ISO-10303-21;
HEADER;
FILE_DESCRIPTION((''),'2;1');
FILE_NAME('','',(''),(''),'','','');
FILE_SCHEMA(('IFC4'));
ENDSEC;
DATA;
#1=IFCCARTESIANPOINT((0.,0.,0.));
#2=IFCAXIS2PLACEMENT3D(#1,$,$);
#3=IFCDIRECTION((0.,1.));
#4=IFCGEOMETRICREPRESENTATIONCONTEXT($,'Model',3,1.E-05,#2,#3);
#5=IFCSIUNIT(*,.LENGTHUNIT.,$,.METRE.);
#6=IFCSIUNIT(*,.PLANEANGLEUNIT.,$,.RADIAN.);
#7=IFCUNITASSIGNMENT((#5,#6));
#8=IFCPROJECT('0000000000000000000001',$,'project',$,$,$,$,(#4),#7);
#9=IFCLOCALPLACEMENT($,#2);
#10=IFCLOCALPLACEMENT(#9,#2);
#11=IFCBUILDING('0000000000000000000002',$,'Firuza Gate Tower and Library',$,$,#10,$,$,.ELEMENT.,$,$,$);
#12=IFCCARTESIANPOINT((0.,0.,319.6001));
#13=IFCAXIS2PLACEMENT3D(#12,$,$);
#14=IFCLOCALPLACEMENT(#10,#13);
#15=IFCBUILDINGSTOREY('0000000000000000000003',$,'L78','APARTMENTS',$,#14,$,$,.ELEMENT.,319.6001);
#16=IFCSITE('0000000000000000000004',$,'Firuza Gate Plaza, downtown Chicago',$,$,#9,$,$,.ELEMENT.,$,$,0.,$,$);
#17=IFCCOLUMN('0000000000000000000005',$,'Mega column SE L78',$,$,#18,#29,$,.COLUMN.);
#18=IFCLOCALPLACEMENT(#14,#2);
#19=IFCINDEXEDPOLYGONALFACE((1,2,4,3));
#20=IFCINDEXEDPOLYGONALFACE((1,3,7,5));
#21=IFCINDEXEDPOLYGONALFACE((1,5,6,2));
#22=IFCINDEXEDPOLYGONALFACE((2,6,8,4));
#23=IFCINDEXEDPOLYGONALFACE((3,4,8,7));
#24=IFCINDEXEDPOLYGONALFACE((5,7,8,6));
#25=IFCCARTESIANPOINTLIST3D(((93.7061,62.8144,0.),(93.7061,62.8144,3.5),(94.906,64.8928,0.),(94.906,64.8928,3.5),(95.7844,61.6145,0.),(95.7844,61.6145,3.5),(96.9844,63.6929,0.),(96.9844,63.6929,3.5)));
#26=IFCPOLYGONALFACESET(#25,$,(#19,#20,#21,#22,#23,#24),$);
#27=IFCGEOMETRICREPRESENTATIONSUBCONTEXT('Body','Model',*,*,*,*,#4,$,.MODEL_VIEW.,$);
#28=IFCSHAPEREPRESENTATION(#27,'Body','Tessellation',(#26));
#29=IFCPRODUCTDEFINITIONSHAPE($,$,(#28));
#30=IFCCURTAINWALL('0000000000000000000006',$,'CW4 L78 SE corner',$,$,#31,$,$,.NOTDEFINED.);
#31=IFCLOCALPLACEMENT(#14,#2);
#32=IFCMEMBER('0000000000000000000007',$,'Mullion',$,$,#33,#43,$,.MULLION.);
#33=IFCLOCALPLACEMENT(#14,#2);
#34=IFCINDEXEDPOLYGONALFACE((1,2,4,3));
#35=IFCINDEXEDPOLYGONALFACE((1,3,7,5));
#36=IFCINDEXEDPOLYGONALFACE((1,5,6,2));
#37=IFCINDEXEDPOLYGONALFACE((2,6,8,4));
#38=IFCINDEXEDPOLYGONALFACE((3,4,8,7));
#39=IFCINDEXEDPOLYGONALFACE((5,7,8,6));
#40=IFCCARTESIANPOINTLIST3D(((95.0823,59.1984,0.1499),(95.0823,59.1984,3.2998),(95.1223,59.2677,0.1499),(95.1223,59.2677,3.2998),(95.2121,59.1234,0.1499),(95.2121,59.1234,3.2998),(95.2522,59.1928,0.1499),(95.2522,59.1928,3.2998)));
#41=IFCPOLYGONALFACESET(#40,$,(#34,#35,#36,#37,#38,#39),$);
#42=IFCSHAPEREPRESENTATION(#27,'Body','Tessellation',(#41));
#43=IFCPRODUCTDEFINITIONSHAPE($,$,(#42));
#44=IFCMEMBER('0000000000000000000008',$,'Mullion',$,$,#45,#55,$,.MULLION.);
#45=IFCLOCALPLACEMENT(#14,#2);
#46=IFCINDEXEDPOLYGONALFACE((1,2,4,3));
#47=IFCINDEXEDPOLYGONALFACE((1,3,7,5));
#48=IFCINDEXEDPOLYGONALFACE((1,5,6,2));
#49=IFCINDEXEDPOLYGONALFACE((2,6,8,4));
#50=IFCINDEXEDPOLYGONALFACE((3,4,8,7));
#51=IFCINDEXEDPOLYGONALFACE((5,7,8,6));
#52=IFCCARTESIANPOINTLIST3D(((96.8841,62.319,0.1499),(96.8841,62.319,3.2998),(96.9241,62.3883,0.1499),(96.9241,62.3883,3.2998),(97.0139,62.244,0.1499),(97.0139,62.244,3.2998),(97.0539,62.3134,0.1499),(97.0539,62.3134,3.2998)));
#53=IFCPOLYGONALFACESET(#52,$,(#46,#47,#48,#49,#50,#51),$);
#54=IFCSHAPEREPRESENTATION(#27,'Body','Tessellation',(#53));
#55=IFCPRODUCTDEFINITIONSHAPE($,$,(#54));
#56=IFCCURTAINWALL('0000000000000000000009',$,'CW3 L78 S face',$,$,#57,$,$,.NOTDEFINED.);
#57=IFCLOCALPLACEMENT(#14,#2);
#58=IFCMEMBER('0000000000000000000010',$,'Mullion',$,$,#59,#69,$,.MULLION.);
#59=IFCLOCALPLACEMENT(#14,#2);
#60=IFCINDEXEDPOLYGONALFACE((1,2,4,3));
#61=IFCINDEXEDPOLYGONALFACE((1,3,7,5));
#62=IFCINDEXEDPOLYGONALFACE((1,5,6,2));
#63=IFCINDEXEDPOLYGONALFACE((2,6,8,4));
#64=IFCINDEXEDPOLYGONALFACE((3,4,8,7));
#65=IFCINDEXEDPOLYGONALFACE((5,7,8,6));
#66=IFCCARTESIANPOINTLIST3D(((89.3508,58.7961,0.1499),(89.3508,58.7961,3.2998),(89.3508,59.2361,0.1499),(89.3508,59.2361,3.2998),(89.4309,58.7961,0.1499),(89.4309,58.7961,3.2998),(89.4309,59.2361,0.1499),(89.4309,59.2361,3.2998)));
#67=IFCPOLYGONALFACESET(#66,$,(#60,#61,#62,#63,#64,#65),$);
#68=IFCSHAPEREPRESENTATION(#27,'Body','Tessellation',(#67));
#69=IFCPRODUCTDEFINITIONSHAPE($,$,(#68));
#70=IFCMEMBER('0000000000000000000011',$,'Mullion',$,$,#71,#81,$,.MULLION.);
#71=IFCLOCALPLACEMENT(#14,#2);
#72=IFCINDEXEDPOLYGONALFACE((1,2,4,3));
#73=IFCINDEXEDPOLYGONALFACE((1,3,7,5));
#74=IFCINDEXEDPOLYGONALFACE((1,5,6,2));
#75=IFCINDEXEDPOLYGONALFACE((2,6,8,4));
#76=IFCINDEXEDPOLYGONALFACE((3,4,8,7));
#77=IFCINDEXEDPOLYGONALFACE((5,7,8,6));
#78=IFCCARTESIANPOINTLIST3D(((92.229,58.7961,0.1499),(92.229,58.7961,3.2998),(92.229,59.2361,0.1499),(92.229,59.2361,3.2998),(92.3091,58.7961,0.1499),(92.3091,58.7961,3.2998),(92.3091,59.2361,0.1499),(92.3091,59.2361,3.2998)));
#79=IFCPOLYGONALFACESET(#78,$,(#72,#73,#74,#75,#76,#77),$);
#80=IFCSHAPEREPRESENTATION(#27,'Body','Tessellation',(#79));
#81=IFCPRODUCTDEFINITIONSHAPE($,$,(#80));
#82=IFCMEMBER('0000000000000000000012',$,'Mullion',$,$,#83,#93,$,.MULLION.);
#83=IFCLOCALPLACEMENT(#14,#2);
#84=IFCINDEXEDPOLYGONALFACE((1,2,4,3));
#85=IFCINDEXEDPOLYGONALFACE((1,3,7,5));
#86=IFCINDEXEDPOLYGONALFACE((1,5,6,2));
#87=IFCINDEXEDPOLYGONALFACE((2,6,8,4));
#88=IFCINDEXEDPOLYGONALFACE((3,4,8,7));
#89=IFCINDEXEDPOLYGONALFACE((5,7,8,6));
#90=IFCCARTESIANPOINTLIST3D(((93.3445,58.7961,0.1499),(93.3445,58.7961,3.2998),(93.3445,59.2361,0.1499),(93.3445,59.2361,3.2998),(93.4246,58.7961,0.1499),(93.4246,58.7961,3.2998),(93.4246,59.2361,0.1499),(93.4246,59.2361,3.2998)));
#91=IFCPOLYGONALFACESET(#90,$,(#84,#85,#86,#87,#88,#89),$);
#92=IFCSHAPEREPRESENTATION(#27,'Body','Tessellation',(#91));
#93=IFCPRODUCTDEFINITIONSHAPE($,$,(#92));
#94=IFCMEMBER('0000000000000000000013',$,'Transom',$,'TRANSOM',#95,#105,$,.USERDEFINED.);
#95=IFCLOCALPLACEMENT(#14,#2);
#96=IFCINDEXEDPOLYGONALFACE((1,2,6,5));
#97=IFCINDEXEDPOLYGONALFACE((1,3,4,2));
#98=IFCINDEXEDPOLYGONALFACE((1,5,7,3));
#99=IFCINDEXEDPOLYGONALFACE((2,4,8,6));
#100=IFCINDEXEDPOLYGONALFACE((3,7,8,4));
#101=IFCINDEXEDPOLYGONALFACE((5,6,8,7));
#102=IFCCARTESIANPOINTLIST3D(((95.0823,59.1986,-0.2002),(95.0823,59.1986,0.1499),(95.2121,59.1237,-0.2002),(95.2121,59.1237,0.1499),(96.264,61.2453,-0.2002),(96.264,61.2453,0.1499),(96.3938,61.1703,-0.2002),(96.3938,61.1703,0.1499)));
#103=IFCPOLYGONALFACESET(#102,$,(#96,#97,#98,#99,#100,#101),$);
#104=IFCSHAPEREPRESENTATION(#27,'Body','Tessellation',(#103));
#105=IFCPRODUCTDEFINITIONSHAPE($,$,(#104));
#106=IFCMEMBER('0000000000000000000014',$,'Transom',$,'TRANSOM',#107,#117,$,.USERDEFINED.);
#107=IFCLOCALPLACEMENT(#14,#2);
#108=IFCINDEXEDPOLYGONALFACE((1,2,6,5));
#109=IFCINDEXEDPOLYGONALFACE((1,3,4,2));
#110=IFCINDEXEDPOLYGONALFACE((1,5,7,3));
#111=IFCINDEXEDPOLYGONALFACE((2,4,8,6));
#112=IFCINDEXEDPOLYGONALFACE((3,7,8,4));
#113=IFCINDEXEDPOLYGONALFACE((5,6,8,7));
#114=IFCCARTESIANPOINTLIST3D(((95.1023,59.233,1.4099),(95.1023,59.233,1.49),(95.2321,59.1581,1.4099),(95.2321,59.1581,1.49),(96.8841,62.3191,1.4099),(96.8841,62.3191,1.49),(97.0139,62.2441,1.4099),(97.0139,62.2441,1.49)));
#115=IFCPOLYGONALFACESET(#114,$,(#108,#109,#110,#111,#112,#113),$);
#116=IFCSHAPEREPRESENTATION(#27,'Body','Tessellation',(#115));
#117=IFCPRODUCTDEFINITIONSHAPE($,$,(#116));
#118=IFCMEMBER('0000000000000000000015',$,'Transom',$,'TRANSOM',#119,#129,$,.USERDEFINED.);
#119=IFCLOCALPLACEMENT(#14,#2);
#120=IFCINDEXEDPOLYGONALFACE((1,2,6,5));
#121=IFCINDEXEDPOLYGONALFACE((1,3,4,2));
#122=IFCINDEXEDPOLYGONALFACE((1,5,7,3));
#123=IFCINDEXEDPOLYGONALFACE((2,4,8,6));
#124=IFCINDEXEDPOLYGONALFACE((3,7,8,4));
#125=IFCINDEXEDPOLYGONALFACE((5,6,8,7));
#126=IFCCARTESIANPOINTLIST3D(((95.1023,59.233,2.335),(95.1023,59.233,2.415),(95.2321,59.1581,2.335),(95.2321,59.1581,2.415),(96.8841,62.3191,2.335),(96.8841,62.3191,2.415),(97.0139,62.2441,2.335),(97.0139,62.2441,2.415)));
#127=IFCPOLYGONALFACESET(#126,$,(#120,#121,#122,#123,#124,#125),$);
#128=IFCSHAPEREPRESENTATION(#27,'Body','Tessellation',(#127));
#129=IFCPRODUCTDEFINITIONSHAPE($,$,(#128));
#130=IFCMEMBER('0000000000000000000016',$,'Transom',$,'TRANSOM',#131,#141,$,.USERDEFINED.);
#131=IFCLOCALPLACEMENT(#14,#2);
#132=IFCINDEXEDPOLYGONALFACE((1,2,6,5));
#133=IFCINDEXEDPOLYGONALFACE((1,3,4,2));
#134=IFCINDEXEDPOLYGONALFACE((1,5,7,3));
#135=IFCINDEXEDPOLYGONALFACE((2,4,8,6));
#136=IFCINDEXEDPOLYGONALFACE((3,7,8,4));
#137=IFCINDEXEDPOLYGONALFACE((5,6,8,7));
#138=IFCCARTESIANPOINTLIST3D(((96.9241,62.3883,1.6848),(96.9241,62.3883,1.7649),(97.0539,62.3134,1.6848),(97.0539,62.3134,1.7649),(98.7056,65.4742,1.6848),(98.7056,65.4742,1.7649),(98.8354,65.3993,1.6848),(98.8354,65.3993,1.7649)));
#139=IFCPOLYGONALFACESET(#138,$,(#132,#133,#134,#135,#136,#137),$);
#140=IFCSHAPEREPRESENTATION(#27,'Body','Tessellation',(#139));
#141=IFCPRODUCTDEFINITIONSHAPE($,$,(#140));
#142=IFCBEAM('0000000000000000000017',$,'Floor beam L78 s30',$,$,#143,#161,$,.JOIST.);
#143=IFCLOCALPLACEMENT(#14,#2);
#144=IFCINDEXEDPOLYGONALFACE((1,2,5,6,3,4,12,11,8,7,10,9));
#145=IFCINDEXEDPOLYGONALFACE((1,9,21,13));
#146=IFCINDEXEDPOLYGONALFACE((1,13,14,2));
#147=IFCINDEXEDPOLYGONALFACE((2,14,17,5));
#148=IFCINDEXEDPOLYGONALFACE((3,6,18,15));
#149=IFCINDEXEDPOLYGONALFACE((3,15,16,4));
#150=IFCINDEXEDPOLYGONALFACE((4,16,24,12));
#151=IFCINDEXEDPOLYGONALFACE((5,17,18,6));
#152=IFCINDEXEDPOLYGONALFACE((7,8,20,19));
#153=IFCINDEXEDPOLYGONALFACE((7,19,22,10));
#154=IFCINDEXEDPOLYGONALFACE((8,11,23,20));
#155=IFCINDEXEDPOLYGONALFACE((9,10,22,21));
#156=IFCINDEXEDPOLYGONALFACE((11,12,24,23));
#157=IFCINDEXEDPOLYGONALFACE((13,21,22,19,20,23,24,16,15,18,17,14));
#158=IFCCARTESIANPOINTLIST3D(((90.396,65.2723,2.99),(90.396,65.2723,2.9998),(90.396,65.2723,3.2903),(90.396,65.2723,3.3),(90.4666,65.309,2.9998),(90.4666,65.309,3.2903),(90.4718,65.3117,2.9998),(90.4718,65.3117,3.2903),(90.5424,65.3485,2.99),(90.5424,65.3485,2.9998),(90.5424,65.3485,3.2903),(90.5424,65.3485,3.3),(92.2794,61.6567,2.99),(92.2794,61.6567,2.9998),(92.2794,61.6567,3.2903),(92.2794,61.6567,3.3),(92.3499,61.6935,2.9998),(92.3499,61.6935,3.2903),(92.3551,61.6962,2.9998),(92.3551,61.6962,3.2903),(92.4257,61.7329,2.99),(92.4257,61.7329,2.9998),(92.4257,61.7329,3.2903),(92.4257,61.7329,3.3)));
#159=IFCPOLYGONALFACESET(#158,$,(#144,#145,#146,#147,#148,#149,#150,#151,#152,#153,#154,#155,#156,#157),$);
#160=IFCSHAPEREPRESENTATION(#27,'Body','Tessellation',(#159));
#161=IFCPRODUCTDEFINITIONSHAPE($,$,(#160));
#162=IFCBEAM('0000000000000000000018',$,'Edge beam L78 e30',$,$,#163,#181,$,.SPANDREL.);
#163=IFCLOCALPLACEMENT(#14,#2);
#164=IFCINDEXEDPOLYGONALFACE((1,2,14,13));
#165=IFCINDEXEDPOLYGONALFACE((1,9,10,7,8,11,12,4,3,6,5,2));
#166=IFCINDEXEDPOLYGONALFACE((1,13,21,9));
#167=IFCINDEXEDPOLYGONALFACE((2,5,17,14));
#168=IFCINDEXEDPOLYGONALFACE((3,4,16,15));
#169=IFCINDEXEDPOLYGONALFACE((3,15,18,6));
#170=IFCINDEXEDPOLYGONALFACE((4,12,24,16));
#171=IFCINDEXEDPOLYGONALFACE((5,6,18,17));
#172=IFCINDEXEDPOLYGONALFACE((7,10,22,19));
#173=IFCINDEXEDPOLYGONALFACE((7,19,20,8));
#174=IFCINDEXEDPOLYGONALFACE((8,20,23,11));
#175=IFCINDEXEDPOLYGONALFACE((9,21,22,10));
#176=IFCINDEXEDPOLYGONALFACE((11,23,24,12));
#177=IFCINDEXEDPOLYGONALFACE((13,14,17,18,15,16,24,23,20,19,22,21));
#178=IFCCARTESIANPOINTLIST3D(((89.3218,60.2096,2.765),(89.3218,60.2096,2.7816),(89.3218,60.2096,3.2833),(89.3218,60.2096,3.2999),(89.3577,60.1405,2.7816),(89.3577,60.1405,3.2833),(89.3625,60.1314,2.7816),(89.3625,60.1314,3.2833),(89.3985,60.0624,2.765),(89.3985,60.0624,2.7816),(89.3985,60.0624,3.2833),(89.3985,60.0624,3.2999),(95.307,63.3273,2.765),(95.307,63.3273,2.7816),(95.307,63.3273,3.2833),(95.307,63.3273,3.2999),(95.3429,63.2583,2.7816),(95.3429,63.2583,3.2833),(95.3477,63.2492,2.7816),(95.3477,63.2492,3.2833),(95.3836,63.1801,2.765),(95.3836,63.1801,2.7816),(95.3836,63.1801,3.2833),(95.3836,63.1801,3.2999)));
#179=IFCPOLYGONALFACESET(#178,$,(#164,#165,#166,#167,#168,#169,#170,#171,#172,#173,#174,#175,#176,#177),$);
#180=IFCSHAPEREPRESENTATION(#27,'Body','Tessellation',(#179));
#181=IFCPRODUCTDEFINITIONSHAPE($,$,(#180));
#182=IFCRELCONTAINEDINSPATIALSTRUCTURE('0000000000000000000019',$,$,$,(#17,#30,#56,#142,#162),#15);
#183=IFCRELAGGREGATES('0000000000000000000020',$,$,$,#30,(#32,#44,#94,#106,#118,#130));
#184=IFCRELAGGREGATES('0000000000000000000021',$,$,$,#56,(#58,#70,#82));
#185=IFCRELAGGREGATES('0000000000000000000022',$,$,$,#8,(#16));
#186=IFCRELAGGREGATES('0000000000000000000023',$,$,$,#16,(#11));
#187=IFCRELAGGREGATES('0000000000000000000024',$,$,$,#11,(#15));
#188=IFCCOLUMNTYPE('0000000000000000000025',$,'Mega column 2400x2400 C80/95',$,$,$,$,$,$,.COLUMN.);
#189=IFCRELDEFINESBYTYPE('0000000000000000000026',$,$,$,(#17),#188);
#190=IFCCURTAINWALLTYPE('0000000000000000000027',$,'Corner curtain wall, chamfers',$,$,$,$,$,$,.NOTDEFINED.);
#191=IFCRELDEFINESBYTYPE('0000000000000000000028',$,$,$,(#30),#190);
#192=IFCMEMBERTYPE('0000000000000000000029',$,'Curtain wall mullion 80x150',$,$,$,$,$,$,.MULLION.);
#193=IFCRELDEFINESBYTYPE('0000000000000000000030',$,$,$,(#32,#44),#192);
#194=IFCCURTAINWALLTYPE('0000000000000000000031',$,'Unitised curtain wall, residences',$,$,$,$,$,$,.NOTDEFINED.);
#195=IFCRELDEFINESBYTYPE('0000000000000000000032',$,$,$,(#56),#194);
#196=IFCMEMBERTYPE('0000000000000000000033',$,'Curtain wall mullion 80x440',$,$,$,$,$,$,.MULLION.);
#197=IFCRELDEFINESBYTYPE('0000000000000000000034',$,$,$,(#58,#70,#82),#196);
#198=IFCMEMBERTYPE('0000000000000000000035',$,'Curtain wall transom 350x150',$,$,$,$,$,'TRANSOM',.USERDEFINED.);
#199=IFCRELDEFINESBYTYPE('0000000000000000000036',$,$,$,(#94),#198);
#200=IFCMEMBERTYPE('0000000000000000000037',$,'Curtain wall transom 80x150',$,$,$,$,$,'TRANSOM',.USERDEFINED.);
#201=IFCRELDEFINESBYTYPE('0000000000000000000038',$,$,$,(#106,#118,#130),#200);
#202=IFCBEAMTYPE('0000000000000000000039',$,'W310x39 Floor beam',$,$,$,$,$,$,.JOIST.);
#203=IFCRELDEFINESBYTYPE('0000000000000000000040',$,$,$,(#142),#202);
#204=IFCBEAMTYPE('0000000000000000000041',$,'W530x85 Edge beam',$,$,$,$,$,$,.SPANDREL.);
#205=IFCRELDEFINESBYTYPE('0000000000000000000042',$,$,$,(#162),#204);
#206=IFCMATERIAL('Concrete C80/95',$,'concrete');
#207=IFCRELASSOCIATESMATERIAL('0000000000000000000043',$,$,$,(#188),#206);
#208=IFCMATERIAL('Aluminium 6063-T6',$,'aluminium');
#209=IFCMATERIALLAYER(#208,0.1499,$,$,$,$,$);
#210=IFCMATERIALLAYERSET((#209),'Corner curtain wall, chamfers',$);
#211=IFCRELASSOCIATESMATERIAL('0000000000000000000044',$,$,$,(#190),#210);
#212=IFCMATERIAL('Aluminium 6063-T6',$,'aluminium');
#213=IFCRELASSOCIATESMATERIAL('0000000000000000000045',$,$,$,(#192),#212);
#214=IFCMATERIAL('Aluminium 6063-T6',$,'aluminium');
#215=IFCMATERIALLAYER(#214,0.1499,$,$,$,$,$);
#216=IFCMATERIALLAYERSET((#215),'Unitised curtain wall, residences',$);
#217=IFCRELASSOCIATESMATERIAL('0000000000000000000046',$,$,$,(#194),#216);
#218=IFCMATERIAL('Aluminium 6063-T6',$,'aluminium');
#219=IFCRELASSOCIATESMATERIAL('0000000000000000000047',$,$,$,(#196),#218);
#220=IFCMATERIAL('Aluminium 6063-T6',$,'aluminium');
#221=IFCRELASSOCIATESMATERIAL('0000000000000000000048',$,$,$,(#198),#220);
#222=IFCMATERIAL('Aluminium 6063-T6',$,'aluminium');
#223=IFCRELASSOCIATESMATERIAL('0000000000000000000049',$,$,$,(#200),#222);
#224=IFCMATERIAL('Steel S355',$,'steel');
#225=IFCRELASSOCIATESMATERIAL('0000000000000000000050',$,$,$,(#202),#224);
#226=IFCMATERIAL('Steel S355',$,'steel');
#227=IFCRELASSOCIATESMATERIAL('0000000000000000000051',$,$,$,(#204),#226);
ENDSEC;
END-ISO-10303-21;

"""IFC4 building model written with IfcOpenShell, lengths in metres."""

from ifc_helpers import new_model, si_unit, direction, frame, origin, origin_2d, place, context, subcontext, project, spatial, rectangle, i_section, extrude, material, layer, layer_set, material_profile, profile_set, type_object, element, aggregate, save


model = new_model("IFC4")

# Units and contexts
model_context = context("Model", 3, precision=1e-05, world=origin(), true_north=direction((0.0, 1.0)))
body_context = subcontext(model_context, "Body", "Model", "MODEL_VIEW")
ifc_project = project(units=[si_unit("LENGTHUNIT", "METRE"), si_unit("PLANEANGLEUNIT", "RADIAN")], contexts=[model_context])

# Site, building, storey
site_placement = place(None, origin())
site = spatial("IfcSite", under=ifc_project, at=site_placement, Name="Firuza Gate Plaza, downtown Chicago", CompositionType="ELEMENT", RefElevation=0.0)
building_placement = place(site_placement, origin())
building = spatial("IfcBuilding", under=site, at=building_placement, Name="Firuza Gate Tower and Library", CompositionType="ELEMENT")
storey_placement = place(building_placement, frame((0.0, 0.0, 319.6001)))
storey = spatial("IfcBuildingStorey", under=building, at=storey_placement, Name="L78", Description="APARTMENTS", CompositionType="ELEMENT", Elevation=319.6001)

# Column
ifc_material_1 = material(Name="Concrete C80/95", Category="concrete")
ifc_material_profile_1 = material_profile(ifc_material_1, rectangle(XDim=2.3999, YDim=2.3999, at=origin_2d()))
ifc_profile_set_1 = profile_set([ifc_material_profile_1], Name="Concrete C80/95")
column_type = type_object("IfcColumnType", Name="Mega column 2400x2400 C80/95", PredefinedType="COLUMN", material=ifc_profile_set_1)
column_placement = place(storey_placement, frame((95.3452, 63.2537, 0.0), z_axis=(0.0, 0.0, 1.0), x_axis=(0.5, 0.866025, 0.0)))
element("IfcColumn", 1, at=column_placement, inside=storey, type_object=column_type, Name="Mega column SE L78", PredefinedType="COLUMN", context=body_context, shape_type="SweptSolid", body=[
    extrude(rectangle(XDim=2.3999, YDim=2.3999, at=origin_2d()), origin(), (0.0, 0.0, 1.0), 3.5),
])

# Curtain walls, members
ifc_material_2 = material(Name="Aluminium 6063-T6", Category="aluminium")
ifc_layer_1 = layer(ifc_material_2, 0.1499)
ifc_layer_set_1 = layer_set([ifc_layer_1], Name="Corner curtain wall, chamfers")
curtain_wall_type_1 = type_object("IfcCurtainWallType", Name="Corner curtain wall, chamfers", PredefinedType="NOTDEFINED", material=ifc_layer_set_1)
placement = place(storey_placement, origin())
curtain_wall_1 = element("IfcCurtainWall", 2, at=placement, inside=storey, type_object=curtain_wall_type_1, Name="CW4 L78 SE corner", PredefinedType="NOTDEFINED")
ifc_material_3 = material(Name="Aluminium 6063-T6", Category="aluminium")
ifc_material_profile_2 = material_profile(ifc_material_3, rectangle(XDim=0.1499, YDim=0.0801, at=origin_2d()))
ifc_profile_set_2 = profile_set([ifc_material_profile_2], Name="Aluminium 6063-T6")
member_type_1 = type_object("IfcMemberType", Name="Curtain wall mullion 80x150", PredefinedType="MULLION", material=ifc_profile_set_2)
member_1_placement = place(storey_placement, frame((95.1672, 59.1956, 0.1499), z_axis=(0.0, 0.0, 1.0), x_axis=(-0.866025, 0.5, 0.0)))
member_1 = element("IfcMember", 3, at=member_1_placement, type_object=member_type_1, Name="Mullion", PredefinedType="MULLION", context=body_context, shape_type="SweptSolid", body=[
    extrude(rectangle(XDim=0.1499, YDim=0.0801, at=origin_2d()), origin(), (0.0, 0.0, 1.0), 3.1499),
])
member_2_placement = place(storey_placement, frame((96.969, 62.3162, 0.1499), z_axis=(0.0, 0.0, 1.0), x_axis=(-0.866025, 0.5, 0.0)))
member_2 = element("IfcMember", 4, at=member_2_placement, type_object=member_type_1, Name="Mullion", PredefinedType="MULLION", context=body_context, shape_type="SweptSolid", body=[
    extrude(rectangle(XDim=0.1499, YDim=0.0801, at=origin_2d()), origin(), (0.0, 0.0, 1.0), 3.1499),
])
ifc_material_4 = material(Name="Aluminium 6063-T6", Category="aluminium")
ifc_layer_2 = layer(ifc_material_4, 0.1499)
ifc_layer_set_2 = layer_set([ifc_layer_2], Name="Unitised curtain wall, residences")
curtain_wall_type_2 = type_object("IfcCurtainWallType", Name="Unitised curtain wall, residences", PredefinedType="NOTDEFINED", material=ifc_layer_set_2)
curtain_wall_2 = element("IfcCurtainWall", 5, at=placement, inside=storey, type_object=curtain_wall_type_2, Name="CW3 L78 S face", PredefinedType="NOTDEFINED")
ifc_material_5 = material(Name="Aluminium 6063-T6", Category="aluminium")
ifc_material_profile_3 = material_profile(ifc_material_5, rectangle(XDim=0.4399, YDim=0.0801, at=origin_2d()))
ifc_profile_set_3 = profile_set([ifc_material_profile_3], Name="Aluminium 6063-T6")
member_type_2 = type_object("IfcMemberType", Name="Curtain wall mullion 80x440", PredefinedType="MULLION", material=ifc_profile_set_3)
member_3_placement = place(storey_placement, frame((89.3909, 59.0161, 0.1499), z_axis=(0.0, 0.0, 1.0), x_axis=(0.0, 1.0, 0.0)))
member_3 = element("IfcMember", 6, at=member_3_placement, type_object=member_type_2, Name="Mullion", PredefinedType="MULLION", context=body_context, shape_type="SweptSolid", body=[
    extrude(rectangle(XDim=0.4399, YDim=0.0801, at=origin_2d()), origin(), (0.0, 0.0, 1.0), 3.1499),
])
member_4_placement = place(storey_placement, frame((92.269, 59.0161, 0.1499), z_axis=(0.0, 0.0, 1.0), x_axis=(0.0, 1.0, 0.0)))
member_4 = element("IfcMember", 7, at=member_4_placement, type_object=member_type_2, Name="Mullion", PredefinedType="MULLION", context=body_context, shape_type="SweptSolid", body=[
    extrude(rectangle(XDim=0.4399, YDim=0.0801, at=origin_2d()), origin(), (0.0, 0.0, 1.0), 3.1499),
])
member_5_placement = place(storey_placement, frame((93.3845, 59.0161, 0.1499), z_axis=(0.0, 0.0, 1.0), x_axis=(0.0, 1.0, 0.0)))
member_5 = element("IfcMember", 8, at=member_5_placement, type_object=member_type_2, Name="Mullion", PredefinedType="MULLION", context=body_context, shape_type="SweptSolid", body=[
    extrude(rectangle(XDim=0.4399, YDim=0.0801, at=origin_2d()), origin(), (0.0, 0.0, 1.0), 3.1499),
])

# Members
ifc_material_6 = material(Name="Aluminium 6063-T6", Category="aluminium")
ifc_material_profile_4 = material_profile(ifc_material_6, rectangle(XDim=0.1499, YDim=0.3501, at=origin_2d()))
ifc_profile_set_4 = profile_set([ifc_material_profile_4], Name="Aluminium 6063-T6")
member_type_3 = type_object("IfcMemberType", Name="Curtain wall transom 350x150", ElementType="TRANSOM", PredefinedType="USERDEFINED", material=ifc_profile_set_4)
member_6_placement = place(storey_placement, frame((95.1472, 59.1611, -0.0251), z_axis=(0.500006, 0.866022, 0.0), x_axis=(-0.866022, 0.500006, 0.0)))
member_6 = element("IfcMember", 9, at=member_6_placement, type_object=member_type_3, Name="Transom", ObjectType="TRANSOM", PredefinedType="USERDEFINED", context=body_context, shape_type="SweptSolid", body=[
    extrude(rectangle(XDim=0.1499, YDim=0.3501, at=origin_2d()), origin(), (0.0, 0.0, 1.0), 2.3633),
])
ifc_material_7 = material(Name="Aluminium 6063-T6", Category="aluminium")
ifc_material_profile_5 = material_profile(ifc_material_7, rectangle(XDim=0.1499, YDim=0.0801, at=origin_2d()))
ifc_profile_set_5 = profile_set([ifc_material_profile_5], Name="Aluminium 6063-T6")
member_type_4 = type_object("IfcMemberType", Name="Curtain wall transom 80x150", ElementType="TRANSOM", PredefinedType="USERDEFINED", material=ifc_profile_set_5)
member_7_placement = place(storey_placement, frame((95.1672, 59.1956, 1.45), z_axis=(0.500015, 0.866017, 0.0), x_axis=(-0.866017, 0.500015, 0.0)))
member_7 = element("IfcMember", 10, at=member_7_placement, type_object=member_type_4, Name="Transom", ObjectType="TRANSOM", PredefinedType="USERDEFINED", context=body_context, shape_type="SweptSolid", body=[
    extrude(rectangle(XDim=0.1499, YDim=0.0801, at=origin_2d()), origin(), (0.0, 0.0, 1.0), 3.5635),
])
member_8_placement = place(storey_placement, frame((95.1672, 59.1956, 2.375), z_axis=(0.500015, 0.866017, 0.0), x_axis=(-0.866017, 0.500015, 0.0)))
member_8 = element("IfcMember", 11, at=member_8_placement, type_object=member_type_4, Name="Transom", ObjectType="TRANSOM", PredefinedType="USERDEFINED", context=body_context, shape_type="SweptSolid", body=[
    extrude(rectangle(XDim=0.1499, YDim=0.0801, at=origin_2d()), origin(), (0.0, 0.0, 1.0), 3.5635),
])
member_9_placement = place(storey_placement, frame((96.989, 62.3508, 1.7249), z_axis=(0.499964, 0.866046, 0.0), x_axis=(-0.866046, 0.499964, 0.0)))
member_9 = element("IfcMember", 12, at=member_9_placement, type_object=member_type_4, Name="Transom", ObjectType="TRANSOM", PredefinedType="USERDEFINED", context=body_context, shape_type="SweptSolid", body=[
    extrude(rectangle(XDim=0.1499, YDim=0.0801, at=origin_2d()), origin(), (0.0, 0.0, 1.0), 3.5632),
])

# Beams
ifc_material_8 = material(Name="Steel S355", Category="steel")
ifc_material_profile_6 = material_profile(ifc_material_8, i_section(OverallWidth=0.165, OverallDepth=0.3101, WebThickness=0.0059, FlangeThickness=0.0098, at=origin_2d()))
ifc_profile_set_6 = profile_set([ifc_material_profile_6], Name="Steel S355")
beam_type_1 = type_object("IfcBeamType", Name="W310x39 Floor beam", PredefinedType="JOIST", material=ifc_profile_set_6)
beam_1_placement = place(storey_placement, frame((92.3525, 61.6948, 3.145), z_axis=(-0.461981, 0.88689, 0.0), x_axis=(-0.88689, -0.461981, 0.0)))
element("IfcBeam", 13, at=beam_1_placement, inside=storey, type_object=beam_type_1, Name="Floor beam L78 s30", PredefinedType="JOIST", context=body_context, shape_type="SweptSolid", body=[
    extrude(i_section(OverallWidth=0.165, OverallDepth=0.3101, WebThickness=0.0059, FlangeThickness=0.0098, at=origin_2d()), origin(), (0.0, 0.0, 1.0), 4.0767),
])
ifc_material_9 = material(Name="Steel S355", Category="steel")
ifc_material_profile_7 = material_profile(ifc_material_9, i_section(OverallWidth=0.166, OverallDepth=0.5349, WebThickness=0.0103, FlangeThickness=0.0166, at=origin_2d()))
ifc_profile_set_7 = profile_set([ifc_material_profile_7], Name="Steel S355")
beam_type_2 = type_object("IfcBeamType", Name="W530x85 Edge beam", PredefinedType="SPANDREL", material=ifc_profile_set_7)
beam_2_placement = place(storey_placement, frame((89.3601, 60.136, 3.0325), z_axis=(0.886888, 0.461985, 0.0), x_axis=(-0.461985, 0.886888, 0.0)))
element("IfcBeam", 14, at=beam_2_placement, inside=storey, type_object=beam_type_2, Name="Edge beam L78 e30", PredefinedType="SPANDREL", context=body_context, shape_type="SweptSolid", body=[
    extrude(i_section(OverallWidth=0.166, OverallDepth=0.5349, WebThickness=0.0103, FlangeThickness=0.0166, at=origin_2d()), origin(), (0.0, 0.0, 1.0), 6.7485),
])

aggregate(curtain_wall_1, [member_1, member_2, member_6, member_7, member_8, member_9])
aggregate(curtain_wall_2, [member_3, member_4, member_5])

save(model, "model.ifc")
